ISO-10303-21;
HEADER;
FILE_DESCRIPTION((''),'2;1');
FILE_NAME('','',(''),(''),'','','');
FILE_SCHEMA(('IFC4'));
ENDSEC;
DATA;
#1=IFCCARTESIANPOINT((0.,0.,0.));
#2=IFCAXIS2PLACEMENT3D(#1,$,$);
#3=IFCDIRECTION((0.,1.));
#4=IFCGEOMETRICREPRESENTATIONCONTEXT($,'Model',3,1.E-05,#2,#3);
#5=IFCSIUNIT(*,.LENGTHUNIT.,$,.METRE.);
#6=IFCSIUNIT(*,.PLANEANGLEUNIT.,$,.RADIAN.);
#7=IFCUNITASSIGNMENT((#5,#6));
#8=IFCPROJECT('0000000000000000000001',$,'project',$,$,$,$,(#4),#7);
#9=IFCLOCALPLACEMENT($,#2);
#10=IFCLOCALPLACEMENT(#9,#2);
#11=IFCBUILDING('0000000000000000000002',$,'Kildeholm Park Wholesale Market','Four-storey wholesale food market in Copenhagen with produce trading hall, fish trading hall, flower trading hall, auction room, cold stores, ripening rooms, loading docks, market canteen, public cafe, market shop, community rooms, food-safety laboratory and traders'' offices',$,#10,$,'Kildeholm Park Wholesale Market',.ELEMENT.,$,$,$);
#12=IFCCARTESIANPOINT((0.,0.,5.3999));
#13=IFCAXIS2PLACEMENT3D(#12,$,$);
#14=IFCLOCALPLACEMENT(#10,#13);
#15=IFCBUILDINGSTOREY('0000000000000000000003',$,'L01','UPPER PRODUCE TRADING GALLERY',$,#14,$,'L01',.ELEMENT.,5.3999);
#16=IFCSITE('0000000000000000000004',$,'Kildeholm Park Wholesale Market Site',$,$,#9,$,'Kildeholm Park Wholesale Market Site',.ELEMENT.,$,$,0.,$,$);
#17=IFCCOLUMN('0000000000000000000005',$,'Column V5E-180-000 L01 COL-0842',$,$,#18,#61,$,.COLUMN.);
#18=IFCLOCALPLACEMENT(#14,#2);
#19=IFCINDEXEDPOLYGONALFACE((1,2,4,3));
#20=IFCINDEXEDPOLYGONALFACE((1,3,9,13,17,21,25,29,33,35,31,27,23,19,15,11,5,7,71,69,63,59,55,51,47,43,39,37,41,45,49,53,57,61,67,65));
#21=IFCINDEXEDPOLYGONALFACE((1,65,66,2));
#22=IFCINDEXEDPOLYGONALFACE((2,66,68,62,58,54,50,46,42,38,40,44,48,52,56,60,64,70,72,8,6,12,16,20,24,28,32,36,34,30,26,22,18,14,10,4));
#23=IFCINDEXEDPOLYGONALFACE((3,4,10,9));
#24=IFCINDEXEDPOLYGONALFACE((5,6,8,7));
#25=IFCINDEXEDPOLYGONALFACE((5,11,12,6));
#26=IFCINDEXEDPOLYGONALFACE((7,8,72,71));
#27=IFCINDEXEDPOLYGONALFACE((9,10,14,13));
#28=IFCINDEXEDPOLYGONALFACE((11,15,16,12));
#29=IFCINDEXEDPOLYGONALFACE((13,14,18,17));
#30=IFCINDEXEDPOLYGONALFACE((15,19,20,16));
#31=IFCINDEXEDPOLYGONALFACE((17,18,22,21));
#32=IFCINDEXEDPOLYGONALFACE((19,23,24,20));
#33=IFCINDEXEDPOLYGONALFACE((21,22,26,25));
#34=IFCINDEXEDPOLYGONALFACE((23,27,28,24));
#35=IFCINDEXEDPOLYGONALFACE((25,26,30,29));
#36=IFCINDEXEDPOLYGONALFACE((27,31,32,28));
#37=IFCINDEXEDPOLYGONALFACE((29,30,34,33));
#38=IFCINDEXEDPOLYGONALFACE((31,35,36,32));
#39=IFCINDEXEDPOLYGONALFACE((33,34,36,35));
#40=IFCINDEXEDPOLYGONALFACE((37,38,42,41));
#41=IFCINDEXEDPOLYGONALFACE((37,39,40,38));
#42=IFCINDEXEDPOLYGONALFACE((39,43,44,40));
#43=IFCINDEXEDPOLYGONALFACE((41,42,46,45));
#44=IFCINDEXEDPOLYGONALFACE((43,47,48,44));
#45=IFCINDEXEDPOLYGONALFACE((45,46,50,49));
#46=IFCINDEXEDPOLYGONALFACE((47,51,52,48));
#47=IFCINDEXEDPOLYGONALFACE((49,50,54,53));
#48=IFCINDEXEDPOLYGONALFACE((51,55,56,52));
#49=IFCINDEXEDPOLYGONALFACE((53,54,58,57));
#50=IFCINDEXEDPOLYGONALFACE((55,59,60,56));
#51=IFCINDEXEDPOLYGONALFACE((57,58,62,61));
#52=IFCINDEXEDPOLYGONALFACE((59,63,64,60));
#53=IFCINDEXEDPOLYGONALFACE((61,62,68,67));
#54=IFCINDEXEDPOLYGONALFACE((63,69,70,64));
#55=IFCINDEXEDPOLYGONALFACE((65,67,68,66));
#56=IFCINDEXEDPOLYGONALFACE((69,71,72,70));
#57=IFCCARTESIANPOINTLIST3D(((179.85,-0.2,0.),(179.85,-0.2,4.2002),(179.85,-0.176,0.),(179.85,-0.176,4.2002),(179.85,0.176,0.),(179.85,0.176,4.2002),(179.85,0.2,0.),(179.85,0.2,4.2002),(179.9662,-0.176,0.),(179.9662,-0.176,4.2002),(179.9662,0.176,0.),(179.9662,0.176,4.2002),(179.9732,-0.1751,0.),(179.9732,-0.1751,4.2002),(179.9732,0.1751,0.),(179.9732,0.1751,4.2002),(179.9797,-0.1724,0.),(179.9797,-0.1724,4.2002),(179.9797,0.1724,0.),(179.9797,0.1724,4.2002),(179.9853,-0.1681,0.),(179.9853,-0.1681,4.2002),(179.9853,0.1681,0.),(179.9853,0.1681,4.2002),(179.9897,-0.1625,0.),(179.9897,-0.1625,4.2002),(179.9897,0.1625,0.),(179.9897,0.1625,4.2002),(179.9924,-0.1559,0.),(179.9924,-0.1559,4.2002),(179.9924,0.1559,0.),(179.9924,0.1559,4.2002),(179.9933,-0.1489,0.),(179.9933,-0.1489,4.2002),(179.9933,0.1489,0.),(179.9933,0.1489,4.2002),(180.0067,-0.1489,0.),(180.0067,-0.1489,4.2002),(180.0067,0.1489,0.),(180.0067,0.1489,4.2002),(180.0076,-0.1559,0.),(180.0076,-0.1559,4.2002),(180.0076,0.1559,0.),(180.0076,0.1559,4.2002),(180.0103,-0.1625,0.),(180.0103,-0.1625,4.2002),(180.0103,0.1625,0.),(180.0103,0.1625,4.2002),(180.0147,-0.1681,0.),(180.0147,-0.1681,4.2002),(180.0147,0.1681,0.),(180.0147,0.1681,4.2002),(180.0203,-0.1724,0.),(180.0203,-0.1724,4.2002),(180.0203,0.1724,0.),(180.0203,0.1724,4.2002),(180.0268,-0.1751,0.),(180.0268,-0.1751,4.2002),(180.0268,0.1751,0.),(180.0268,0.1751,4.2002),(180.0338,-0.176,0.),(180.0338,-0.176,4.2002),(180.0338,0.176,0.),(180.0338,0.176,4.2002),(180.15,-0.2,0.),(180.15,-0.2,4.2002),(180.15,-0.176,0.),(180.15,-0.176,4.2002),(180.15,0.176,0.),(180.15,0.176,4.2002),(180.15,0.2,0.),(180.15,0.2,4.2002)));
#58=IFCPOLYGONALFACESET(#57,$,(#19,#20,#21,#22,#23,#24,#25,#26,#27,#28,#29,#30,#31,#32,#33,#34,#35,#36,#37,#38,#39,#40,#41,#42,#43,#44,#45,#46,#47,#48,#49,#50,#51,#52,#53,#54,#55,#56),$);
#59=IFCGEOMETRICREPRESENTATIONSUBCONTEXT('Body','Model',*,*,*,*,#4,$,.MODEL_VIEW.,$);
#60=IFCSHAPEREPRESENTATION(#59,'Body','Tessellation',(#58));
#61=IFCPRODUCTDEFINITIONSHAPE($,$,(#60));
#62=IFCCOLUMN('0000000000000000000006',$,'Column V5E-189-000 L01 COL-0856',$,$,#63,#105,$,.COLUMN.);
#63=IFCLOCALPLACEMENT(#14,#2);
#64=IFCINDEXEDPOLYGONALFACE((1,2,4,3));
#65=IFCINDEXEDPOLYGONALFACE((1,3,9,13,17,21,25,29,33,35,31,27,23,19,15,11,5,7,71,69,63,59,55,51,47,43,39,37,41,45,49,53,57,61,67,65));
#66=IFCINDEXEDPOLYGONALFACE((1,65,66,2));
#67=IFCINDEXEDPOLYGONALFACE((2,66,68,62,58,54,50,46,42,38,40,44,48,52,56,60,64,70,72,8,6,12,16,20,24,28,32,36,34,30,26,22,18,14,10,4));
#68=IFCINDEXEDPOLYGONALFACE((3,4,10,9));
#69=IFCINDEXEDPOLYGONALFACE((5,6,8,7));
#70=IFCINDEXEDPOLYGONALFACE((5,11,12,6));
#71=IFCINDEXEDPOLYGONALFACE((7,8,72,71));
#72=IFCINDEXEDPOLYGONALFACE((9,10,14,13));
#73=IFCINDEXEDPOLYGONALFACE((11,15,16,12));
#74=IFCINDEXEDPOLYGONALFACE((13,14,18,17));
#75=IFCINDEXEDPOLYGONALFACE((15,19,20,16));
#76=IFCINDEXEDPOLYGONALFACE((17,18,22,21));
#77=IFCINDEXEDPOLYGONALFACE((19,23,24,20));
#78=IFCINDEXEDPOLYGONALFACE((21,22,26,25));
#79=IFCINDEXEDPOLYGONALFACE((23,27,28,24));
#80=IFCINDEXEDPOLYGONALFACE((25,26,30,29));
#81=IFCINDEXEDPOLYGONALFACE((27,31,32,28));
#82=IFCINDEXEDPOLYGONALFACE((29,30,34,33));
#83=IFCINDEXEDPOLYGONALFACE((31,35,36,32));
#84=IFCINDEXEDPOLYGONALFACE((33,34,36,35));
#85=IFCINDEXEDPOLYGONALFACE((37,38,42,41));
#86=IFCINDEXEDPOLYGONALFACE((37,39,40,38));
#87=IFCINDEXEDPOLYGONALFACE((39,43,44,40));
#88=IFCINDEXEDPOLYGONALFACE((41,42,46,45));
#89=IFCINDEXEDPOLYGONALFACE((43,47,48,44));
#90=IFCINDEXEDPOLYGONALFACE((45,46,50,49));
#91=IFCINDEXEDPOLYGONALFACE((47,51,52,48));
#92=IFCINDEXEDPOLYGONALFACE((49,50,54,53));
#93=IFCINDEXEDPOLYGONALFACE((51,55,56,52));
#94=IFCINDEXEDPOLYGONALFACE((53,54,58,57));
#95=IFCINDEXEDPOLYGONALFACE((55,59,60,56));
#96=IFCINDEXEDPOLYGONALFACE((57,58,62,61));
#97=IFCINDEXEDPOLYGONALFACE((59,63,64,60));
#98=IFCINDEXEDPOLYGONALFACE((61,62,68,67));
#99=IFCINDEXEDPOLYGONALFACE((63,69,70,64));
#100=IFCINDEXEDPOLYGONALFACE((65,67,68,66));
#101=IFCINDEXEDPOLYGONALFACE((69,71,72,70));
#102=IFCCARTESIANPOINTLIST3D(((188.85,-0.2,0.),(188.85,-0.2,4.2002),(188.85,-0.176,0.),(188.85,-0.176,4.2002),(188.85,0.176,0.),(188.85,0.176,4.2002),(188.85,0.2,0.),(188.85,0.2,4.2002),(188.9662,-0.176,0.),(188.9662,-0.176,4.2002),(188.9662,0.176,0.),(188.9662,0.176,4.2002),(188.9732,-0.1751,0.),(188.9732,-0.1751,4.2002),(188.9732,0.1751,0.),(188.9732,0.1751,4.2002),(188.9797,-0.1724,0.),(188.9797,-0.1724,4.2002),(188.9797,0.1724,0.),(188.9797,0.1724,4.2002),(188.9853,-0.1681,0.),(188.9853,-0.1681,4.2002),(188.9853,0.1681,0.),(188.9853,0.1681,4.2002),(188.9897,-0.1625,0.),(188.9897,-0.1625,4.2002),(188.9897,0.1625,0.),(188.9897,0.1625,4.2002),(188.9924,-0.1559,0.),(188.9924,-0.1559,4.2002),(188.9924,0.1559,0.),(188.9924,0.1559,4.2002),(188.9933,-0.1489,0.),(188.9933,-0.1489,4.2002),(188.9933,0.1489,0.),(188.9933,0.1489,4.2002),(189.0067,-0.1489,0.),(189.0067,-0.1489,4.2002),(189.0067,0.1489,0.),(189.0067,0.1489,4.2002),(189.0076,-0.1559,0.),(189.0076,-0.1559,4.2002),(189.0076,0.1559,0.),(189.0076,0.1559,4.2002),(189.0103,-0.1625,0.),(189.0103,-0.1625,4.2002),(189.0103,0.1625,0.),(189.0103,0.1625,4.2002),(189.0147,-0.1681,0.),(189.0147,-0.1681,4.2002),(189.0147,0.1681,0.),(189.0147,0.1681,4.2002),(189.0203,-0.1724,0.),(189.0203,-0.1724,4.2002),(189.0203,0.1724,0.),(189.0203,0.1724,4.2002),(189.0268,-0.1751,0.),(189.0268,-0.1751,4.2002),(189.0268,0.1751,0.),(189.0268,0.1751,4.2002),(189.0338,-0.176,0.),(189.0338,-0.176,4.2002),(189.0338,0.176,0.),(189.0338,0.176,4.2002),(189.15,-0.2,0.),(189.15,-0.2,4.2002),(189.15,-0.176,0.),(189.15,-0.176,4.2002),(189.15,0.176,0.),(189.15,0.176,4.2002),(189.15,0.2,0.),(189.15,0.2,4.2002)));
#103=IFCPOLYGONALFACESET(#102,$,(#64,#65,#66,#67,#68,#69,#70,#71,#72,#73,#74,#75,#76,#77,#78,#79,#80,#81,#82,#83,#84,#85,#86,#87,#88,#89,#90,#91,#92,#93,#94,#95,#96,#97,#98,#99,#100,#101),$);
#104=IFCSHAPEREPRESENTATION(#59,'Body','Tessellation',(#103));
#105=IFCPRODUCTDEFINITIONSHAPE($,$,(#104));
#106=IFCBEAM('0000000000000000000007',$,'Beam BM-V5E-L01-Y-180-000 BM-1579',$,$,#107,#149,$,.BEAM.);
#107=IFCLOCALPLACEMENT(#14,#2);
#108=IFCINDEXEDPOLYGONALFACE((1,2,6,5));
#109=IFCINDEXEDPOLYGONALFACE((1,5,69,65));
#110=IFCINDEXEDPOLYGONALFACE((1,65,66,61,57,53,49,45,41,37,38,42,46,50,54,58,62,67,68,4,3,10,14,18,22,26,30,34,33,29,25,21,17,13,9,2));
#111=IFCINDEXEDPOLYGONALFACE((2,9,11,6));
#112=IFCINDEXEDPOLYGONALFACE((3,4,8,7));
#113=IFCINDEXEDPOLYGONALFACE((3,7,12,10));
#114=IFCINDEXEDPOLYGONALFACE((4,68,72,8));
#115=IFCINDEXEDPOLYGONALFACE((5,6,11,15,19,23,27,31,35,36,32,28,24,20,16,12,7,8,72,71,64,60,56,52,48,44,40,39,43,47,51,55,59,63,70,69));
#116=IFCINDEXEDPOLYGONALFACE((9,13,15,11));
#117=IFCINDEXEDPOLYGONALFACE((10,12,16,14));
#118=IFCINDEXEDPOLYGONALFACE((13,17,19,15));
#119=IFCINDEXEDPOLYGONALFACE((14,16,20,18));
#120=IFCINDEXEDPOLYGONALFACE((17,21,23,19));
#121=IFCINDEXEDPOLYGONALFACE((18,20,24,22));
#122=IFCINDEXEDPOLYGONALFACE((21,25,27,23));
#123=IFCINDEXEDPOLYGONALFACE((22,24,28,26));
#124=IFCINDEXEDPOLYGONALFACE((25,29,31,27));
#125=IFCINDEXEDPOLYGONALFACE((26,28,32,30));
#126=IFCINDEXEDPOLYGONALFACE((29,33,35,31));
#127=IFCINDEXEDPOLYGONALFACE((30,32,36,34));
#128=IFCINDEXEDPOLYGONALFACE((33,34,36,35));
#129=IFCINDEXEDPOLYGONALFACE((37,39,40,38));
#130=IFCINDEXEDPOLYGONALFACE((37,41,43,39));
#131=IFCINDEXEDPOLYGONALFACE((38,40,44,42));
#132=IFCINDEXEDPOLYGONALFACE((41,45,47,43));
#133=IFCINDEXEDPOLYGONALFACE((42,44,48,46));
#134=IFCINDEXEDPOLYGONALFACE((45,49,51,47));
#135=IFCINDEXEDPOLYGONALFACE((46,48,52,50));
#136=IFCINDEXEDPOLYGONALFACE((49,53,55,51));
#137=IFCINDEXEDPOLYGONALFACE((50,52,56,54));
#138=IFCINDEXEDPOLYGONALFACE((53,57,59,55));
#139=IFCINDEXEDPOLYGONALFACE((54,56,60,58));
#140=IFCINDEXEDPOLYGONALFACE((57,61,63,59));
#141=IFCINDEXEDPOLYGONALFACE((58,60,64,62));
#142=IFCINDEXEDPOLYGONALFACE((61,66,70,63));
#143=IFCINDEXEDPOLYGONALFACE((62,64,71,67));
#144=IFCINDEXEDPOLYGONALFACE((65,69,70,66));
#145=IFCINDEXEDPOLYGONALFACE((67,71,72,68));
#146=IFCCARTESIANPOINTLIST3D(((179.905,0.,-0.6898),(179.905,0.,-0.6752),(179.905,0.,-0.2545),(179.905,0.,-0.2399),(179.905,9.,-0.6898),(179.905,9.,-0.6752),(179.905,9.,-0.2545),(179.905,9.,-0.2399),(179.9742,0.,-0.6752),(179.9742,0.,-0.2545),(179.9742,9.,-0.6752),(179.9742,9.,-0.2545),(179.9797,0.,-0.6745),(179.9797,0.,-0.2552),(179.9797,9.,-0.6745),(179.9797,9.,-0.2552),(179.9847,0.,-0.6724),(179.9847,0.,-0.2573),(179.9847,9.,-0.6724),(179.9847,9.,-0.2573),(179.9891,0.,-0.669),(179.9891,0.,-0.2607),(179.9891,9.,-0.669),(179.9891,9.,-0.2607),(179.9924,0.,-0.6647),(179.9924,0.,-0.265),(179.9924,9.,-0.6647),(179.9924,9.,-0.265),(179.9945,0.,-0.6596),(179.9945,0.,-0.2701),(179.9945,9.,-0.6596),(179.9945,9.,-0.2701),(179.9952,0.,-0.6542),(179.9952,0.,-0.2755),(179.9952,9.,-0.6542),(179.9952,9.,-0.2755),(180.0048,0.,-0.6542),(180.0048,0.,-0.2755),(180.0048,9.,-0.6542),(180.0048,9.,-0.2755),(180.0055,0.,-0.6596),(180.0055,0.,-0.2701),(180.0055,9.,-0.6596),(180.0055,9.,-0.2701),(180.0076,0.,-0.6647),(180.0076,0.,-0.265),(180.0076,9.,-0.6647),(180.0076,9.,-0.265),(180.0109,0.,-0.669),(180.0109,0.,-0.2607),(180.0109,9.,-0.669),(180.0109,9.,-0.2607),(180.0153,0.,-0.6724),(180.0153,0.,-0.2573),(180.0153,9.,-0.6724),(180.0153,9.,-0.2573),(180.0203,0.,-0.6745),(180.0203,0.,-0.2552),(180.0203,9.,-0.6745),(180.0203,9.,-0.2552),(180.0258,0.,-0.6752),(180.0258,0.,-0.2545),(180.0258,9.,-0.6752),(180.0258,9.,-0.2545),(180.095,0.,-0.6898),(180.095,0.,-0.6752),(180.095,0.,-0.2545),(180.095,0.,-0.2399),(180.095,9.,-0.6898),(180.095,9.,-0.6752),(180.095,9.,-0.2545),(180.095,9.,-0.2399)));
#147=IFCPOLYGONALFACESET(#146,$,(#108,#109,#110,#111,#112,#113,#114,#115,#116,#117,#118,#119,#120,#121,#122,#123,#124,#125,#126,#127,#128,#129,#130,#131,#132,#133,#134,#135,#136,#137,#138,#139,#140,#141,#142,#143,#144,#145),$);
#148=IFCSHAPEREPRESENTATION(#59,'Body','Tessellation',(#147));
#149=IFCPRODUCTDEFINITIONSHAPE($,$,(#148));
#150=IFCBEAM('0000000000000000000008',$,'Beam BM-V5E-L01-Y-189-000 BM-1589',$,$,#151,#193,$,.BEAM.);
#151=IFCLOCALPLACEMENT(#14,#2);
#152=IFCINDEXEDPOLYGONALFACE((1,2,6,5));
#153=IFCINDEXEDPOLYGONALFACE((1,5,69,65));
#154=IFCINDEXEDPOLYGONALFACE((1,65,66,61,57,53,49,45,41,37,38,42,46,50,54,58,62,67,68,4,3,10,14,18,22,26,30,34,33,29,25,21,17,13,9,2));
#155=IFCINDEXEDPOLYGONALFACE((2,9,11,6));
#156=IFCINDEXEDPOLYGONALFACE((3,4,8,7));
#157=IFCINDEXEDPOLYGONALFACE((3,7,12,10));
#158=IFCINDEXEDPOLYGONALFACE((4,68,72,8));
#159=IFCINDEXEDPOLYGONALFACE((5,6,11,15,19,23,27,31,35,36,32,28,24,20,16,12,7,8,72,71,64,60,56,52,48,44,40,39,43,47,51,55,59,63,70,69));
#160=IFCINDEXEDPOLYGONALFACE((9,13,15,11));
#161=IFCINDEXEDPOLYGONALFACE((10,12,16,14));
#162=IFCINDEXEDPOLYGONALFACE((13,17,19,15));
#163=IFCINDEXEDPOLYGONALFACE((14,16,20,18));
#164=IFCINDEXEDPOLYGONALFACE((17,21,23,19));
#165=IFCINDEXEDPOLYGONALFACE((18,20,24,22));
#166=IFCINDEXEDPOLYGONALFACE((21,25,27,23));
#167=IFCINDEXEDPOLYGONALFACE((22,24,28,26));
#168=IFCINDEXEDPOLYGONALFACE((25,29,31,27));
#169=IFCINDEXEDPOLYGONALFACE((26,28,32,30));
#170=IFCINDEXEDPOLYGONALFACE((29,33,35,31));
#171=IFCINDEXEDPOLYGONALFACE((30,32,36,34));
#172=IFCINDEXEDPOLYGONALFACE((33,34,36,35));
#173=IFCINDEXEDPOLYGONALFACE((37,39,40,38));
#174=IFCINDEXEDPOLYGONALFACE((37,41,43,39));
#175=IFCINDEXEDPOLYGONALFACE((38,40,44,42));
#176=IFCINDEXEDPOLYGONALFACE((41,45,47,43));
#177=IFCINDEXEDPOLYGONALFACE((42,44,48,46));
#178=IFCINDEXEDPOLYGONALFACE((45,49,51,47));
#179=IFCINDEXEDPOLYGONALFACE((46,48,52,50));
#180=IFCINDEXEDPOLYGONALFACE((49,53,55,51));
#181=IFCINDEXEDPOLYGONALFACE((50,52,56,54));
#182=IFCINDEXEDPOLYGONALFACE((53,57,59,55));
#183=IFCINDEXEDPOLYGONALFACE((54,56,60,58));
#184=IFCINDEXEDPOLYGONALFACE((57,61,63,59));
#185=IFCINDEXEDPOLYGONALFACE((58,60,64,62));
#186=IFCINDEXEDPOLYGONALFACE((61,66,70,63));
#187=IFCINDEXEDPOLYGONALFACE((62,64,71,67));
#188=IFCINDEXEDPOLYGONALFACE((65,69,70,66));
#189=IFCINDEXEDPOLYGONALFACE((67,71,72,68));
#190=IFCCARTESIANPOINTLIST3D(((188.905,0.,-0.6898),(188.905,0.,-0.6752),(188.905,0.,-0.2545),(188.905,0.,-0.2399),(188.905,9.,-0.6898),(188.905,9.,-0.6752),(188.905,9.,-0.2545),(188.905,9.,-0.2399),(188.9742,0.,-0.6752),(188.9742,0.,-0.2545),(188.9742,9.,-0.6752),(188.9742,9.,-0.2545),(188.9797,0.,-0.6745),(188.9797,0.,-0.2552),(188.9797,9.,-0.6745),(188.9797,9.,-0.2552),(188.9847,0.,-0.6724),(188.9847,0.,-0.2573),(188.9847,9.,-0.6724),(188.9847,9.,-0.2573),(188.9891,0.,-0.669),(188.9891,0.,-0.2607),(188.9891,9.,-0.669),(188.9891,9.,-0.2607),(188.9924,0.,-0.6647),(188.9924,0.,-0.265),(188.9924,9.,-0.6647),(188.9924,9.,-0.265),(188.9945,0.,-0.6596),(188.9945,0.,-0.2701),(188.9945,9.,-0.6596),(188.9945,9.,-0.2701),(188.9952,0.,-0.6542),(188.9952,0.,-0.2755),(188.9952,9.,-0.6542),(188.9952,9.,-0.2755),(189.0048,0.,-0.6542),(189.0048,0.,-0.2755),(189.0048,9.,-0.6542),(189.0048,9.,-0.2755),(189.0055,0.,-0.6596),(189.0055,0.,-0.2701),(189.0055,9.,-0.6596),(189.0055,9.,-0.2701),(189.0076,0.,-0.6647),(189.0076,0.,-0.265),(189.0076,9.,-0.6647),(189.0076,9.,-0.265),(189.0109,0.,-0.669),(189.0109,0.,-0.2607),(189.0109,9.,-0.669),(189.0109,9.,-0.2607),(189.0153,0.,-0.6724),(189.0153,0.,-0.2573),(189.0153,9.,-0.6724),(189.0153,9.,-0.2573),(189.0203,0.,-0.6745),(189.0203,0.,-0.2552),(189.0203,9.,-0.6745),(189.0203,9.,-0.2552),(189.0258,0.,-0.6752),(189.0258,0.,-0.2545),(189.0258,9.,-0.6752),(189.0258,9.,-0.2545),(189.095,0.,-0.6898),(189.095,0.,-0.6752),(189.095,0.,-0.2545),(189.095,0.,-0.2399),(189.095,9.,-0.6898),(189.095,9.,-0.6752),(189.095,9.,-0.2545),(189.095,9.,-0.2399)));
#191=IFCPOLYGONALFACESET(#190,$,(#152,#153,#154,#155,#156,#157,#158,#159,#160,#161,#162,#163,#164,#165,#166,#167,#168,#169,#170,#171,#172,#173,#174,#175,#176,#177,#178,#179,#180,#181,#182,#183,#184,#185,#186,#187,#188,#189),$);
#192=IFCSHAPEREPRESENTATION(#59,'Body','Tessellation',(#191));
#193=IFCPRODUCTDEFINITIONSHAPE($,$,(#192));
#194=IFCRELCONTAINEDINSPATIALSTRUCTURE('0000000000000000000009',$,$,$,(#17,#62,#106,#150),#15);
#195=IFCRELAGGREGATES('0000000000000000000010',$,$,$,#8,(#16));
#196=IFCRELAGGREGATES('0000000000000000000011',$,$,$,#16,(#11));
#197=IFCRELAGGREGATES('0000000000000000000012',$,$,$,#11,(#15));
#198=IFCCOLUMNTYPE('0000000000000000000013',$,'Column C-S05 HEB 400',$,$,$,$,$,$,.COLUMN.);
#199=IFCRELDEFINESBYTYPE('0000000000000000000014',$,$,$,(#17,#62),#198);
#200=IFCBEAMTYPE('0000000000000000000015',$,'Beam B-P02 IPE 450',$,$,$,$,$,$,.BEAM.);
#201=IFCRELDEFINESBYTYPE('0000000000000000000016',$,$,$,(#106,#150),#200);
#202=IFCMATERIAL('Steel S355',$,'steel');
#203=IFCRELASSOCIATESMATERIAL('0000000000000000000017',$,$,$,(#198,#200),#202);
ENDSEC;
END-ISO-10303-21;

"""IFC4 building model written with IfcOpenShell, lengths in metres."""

from ifc_helpers import new_model, si_unit, direction, frame, origin, origin_2d, place, context, subcontext, project, spatial, i_section, extrude, material, material_profile, profile_set, type_object, element, save


model = new_model("IFC4")

# Units and contexts
model_context = context("Model", 3, precision=1e-05, world=origin(), true_north=direction((0.0, 1.0)))
body_context = subcontext(model_context, "Body", "Model", "MODEL_VIEW")
ifc_project = project(units=[si_unit("LENGTHUNIT", "METRE"), si_unit("PLANEANGLEUNIT", "RADIAN")], contexts=[model_context])

# Site, building, storey
site_placement = place(None, origin())
site = spatial("IfcSite", under=ifc_project, at=site_placement, Name="Kildeholm Park Wholesale Market Site", LongName="Kildeholm Park Wholesale Market Site", CompositionType="ELEMENT", RefElevation=0.0)
building_placement = place(site_placement, origin())
building = spatial("IfcBuilding", under=site, at=building_placement, Name="Kildeholm Park Wholesale Market", Description="Four-storey wholesale food market in Copenhagen with produce trading hall, fish trading hall, flower trading hall, auction room, cold stores, ripening rooms, loading docks, market canteen, public cafe, market shop, community rooms, food-safety laboratory and traders' offices", LongName="Kildeholm Park Wholesale Market", CompositionType="ELEMENT")
storey_placement = place(building_placement, frame((0.0, 0.0, 5.3999)))
storey = spatial("IfcBuildingStorey", under=building, at=storey_placement, Name="L01", Description="UPPER PRODUCE TRADING GALLERY", LongName="L01", CompositionType="ELEMENT", Elevation=5.3999)

# Columns
ifc_material_1 = material(Name="Steel S355", Category="steel")
ifc_material_profile_1 = material_profile(ifc_material_1, i_section(OverallWidth=0.3, OverallDepth=0.3999, WebThickness=0.0134, FlangeThickness=0.0239, FilletRadius=0.0271, at=origin_2d()), Name="HEB 400")
ifc_profile_set_1 = profile_set([ifc_material_profile_1], Name="Steel S355")
column_type = type_object("IfcColumnType", Name="Column C-S05 HEB 400", PredefinedType="COLUMN", material=ifc_profile_set_1)
for number, where, z_axis, x_axis, name in (
    (1, (180.0, 0.0, 0.0), (0.0, 0.0, 1.0), (1.0, 0.0, 0.0), "Column V5E-180-000 L01 COL-0842"),
    (2, (189.0, 0.0, 0.0), (0.0, 0.0, 1.0), (1.0, 0.0, 0.0), "Column V5E-189-000 L01 COL-0856"),
):
    element("IfcColumn", number, at=place(storey_placement, frame(where, z_axis=z_axis, x_axis=x_axis)), inside=storey, type_object=column_type, Name=name, PredefinedType="COLUMN", context=body_context, shape_type="SweptSolid", body=[
        extrude(i_section(OverallWidth=0.3, OverallDepth=0.3999, WebThickness=0.0134, FlangeThickness=0.0239, FilletRadius=0.0271, at=origin_2d()), origin(), (0.0, 0.0, 1.0), 4.2002),
    ])

# Beams
ifc_material_profile_2 = material_profile(ifc_material_1, i_section(OverallWidth=0.1899, OverallDepth=0.45, WebThickness=0.0095, FlangeThickness=0.0146, FilletRadius=0.021, at=origin_2d()), Name="IPE 450")
ifc_profile_set_2 = profile_set([ifc_material_profile_2], Name="Steel S355")
beam_type_1 = type_object("IfcBeamType", Name="Beam B-P02 IPE 450", PredefinedType="BEAM", material=ifc_profile_set_2)
for number, where, z_axis, x_axis, name in (
    (3, (180.0, 0.0, -0.4648), (0.0, 1.0, 0.0), (-1.0, 0.0, 0.0), "Beam BM-V5E-L01-Y-180-000 BM-1579"),
    (4, (189.0, 0.0, -0.4648), (0.0, 1.0, 0.0), (-1.0, 0.0, 0.0), "Beam BM-V5E-L01-Y-189-000 BM-1589"),
):
    element("IfcBeam", number, at=place(storey_placement, frame(where, z_axis=z_axis, x_axis=x_axis)), inside=storey, type_object=beam_type_1, Name=name, PredefinedType="BEAM", context=body_context, shape_type="SweptSolid", body=[
        extrude(i_section(OverallWidth=0.1899, OverallDepth=0.45, WebThickness=0.0095, FlangeThickness=0.0146, FilletRadius=0.021, at=origin_2d()), origin(), (0.0, 0.0, 1.0), 9.0),
    ])

save(model, "model.ifc")
